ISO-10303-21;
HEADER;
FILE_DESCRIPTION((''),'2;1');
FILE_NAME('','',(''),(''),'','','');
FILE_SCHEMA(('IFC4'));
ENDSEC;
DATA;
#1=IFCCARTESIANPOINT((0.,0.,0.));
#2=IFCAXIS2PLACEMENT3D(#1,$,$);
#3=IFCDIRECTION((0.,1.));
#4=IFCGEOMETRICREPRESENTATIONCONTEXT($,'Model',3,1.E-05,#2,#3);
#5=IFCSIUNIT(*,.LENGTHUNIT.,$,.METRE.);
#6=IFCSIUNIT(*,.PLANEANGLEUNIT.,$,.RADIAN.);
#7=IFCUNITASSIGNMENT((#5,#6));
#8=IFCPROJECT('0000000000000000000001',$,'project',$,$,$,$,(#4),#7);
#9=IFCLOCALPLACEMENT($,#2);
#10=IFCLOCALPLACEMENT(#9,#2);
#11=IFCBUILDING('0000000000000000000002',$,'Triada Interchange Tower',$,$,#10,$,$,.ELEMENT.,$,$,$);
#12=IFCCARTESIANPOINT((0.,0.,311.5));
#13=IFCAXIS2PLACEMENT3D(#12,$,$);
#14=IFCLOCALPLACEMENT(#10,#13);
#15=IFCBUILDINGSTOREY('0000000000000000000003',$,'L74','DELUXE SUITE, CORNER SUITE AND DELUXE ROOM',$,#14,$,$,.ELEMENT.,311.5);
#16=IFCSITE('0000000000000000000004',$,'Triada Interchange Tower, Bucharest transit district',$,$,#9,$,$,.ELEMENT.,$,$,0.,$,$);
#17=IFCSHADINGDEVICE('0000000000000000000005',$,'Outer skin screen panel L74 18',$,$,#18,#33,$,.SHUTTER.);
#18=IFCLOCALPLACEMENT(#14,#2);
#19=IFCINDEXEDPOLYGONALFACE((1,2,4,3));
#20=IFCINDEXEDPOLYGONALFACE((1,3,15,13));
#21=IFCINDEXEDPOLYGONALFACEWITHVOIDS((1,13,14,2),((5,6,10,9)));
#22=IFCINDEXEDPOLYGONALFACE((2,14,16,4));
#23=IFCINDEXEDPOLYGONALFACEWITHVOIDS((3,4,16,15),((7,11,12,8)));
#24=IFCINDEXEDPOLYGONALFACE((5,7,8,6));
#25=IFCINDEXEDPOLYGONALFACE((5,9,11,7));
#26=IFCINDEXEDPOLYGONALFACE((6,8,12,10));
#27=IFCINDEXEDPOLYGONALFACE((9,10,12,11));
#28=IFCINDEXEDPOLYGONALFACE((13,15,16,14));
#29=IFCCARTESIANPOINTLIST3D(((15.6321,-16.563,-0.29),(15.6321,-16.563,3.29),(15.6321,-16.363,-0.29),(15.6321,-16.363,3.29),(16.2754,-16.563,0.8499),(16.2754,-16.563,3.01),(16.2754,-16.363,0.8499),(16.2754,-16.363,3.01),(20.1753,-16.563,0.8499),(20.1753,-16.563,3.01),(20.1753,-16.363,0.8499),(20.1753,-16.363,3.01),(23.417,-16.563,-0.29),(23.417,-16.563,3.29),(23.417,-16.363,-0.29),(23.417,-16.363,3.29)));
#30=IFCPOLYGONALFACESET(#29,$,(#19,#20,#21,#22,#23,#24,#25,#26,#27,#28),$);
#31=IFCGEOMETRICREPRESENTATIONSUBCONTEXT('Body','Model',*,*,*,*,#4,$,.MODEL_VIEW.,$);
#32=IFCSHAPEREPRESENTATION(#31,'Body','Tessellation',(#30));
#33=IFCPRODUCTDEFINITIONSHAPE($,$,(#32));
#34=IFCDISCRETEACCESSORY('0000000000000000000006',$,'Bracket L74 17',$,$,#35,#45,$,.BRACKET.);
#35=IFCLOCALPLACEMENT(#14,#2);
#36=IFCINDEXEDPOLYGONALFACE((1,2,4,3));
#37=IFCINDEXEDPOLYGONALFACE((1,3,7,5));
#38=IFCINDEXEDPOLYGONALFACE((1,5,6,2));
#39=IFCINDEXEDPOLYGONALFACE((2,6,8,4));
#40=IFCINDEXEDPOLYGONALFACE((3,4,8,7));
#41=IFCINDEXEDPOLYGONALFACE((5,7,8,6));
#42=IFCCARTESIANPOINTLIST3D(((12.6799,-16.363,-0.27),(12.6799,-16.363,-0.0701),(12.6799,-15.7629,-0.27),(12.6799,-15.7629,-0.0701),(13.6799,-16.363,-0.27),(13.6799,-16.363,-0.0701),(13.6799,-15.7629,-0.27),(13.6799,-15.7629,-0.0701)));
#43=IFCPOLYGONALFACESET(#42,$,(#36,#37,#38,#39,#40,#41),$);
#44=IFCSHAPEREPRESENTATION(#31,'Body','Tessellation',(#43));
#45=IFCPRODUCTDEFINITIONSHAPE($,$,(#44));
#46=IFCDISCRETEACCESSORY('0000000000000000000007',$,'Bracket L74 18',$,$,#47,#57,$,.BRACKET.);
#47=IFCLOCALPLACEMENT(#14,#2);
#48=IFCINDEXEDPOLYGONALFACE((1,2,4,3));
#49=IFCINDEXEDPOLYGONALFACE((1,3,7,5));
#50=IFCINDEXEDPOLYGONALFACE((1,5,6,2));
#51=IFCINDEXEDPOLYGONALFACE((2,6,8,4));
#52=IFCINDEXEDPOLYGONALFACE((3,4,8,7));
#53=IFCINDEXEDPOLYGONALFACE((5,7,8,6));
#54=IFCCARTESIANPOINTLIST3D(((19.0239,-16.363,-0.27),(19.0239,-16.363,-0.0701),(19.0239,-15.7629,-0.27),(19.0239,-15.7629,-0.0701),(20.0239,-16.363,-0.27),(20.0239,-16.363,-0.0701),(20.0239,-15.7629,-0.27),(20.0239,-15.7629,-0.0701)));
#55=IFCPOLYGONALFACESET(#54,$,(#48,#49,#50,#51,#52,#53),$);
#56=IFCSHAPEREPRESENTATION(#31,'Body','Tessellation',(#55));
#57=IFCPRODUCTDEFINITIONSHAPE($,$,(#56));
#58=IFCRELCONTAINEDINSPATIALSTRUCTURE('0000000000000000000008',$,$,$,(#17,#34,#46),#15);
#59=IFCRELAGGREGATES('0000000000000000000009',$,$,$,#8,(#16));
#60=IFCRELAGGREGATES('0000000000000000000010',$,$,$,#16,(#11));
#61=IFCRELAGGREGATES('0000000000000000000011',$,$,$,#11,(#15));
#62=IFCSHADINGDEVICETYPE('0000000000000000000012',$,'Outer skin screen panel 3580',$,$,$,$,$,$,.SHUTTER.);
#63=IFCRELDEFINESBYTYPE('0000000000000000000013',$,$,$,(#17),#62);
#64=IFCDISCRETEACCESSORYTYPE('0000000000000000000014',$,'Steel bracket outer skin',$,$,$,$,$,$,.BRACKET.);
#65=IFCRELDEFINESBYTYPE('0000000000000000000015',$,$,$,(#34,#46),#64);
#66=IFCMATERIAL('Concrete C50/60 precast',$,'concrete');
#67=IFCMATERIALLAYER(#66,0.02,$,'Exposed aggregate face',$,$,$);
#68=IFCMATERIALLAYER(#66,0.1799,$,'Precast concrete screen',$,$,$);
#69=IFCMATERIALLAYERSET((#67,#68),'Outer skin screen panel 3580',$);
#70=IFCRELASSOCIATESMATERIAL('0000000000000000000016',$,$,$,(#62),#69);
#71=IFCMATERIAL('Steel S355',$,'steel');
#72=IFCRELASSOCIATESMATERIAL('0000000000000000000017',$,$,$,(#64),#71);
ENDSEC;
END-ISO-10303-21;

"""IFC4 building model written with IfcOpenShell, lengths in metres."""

from ifc_helpers import new_model, si_unit, direction, frame, origin, origin_2d, place, context, subcontext, project, spatial, polyline, rectangle, outline, extrude, material, layer, layer_set, type_object, element, save


model = new_model("IFC4")

# Units and contexts
model_context = context("Model", 3, precision=1e-05, world=origin(), true_north=direction((0.0, 1.0)))
body_context = subcontext(model_context, "Body", "Model", "MODEL_VIEW")
ifc_project = project(units=[si_unit("LENGTHUNIT", "METRE"), si_unit("PLANEANGLEUNIT", "RADIAN")], contexts=[model_context])

# Site, building, storey
site_placement = place(None, origin())
site = spatial("IfcSite", under=ifc_project, at=site_placement, Name="Triada Interchange Tower, Bucharest transit district", CompositionType="ELEMENT", RefElevation=0.0)
building_placement = place(site_placement, origin())
building = spatial("IfcBuilding", under=site, at=building_placement, Name="Triada Interchange Tower", CompositionType="ELEMENT")
storey_placement = place(building_placement, frame((0.0, 0.0, 311.5)))
storey = spatial("IfcBuildingStorey", under=building, at=storey_placement, Name="L74", Description="DELUXE SUITE, CORNER SUITE AND DELUXE ROOM", CompositionType="ELEMENT", Elevation=311.5)

# Shading device
ifc_material_1 = material(Name="Concrete C50/60 precast", Category="concrete")
ifc_layer_1 = layer(ifc_material_1, 0.02, Name="Exposed aggregate face")
ifc_layer_2 = layer(ifc_material_1, 0.1799, Name="Precast concrete screen")
ifc_layer_set_1 = layer_set([ifc_layer_1, ifc_layer_2], Name="Outer skin screen panel 3580")
shading_device_type = type_object("IfcShadingDeviceType", Name="Outer skin screen panel 3580", PredefinedType="SHUTTER", material=ifc_layer_set_1)
shading_device_placement = place(storey_placement, frame((15.6321, -16.363, -0.29), z_axis=(0.0, 0.0, 1.0), x_axis=(1.0, 0.0, 0.0)))
element("IfcShadingDevice", 1, at=shading_device_placement, inside=storey, type_object=shading_device_type, Name="Outer skin screen panel L74 18", PredefinedType="SHUTTER", context=body_context, shape_type="SweptSolid", body=[
    extrude(outline(polyline([(0.0, 0.0), (7.7849, 0.0), (7.7849, 3.5801), (0.0, 3.5801), (0.0, 0.0)]), holes=[polyline([(0.6433, 1.1399), (0.6433, 3.3), (4.5432, 3.3), (4.5432, 1.1399), (0.6433, 1.1399)])]), frame((0.0, 0.0, 0.0), z_axis=(0.0, -1.0, 0.0), x_axis=(1.0, 0.0, 0.0)), (0.0, 0.0, 1.0), 0.2),
])

# Discrete accessories
ifc_material_2 = material(Name="Steel S355", Category="steel")
discrete_accessory_type = type_object("IfcDiscreteAccessoryType", Name="Steel bracket outer skin", PredefinedType="BRACKET", material=ifc_material_2)
for number, where, z_axis, x_axis, name in (
    (2, (13.1799, -16.063, -0.27), (0.0, 0.0, 1.0), (0.0, -1.0, 0.0), "Bracket L74 17"),
    (3, (19.5239, -16.063, -0.27), (0.0, 0.0, 1.0), (0.0, -1.0, 0.0), "Bracket L74 18"),
):
    element("IfcDiscreteAccessory", number, at=place(storey_placement, frame(where, z_axis=z_axis, x_axis=x_axis)), inside=storey, type_object=discrete_accessory_type, Name=name, PredefinedType="BRACKET", context=body_context, shape_type="SweptSolid", body=[
        extrude(rectangle(XDim=0.6001, YDim=1.0, at=origin_2d()), origin(), (0.0, 0.0, 1.0), 0.2),
    ])

save(model, "model.ifc")
